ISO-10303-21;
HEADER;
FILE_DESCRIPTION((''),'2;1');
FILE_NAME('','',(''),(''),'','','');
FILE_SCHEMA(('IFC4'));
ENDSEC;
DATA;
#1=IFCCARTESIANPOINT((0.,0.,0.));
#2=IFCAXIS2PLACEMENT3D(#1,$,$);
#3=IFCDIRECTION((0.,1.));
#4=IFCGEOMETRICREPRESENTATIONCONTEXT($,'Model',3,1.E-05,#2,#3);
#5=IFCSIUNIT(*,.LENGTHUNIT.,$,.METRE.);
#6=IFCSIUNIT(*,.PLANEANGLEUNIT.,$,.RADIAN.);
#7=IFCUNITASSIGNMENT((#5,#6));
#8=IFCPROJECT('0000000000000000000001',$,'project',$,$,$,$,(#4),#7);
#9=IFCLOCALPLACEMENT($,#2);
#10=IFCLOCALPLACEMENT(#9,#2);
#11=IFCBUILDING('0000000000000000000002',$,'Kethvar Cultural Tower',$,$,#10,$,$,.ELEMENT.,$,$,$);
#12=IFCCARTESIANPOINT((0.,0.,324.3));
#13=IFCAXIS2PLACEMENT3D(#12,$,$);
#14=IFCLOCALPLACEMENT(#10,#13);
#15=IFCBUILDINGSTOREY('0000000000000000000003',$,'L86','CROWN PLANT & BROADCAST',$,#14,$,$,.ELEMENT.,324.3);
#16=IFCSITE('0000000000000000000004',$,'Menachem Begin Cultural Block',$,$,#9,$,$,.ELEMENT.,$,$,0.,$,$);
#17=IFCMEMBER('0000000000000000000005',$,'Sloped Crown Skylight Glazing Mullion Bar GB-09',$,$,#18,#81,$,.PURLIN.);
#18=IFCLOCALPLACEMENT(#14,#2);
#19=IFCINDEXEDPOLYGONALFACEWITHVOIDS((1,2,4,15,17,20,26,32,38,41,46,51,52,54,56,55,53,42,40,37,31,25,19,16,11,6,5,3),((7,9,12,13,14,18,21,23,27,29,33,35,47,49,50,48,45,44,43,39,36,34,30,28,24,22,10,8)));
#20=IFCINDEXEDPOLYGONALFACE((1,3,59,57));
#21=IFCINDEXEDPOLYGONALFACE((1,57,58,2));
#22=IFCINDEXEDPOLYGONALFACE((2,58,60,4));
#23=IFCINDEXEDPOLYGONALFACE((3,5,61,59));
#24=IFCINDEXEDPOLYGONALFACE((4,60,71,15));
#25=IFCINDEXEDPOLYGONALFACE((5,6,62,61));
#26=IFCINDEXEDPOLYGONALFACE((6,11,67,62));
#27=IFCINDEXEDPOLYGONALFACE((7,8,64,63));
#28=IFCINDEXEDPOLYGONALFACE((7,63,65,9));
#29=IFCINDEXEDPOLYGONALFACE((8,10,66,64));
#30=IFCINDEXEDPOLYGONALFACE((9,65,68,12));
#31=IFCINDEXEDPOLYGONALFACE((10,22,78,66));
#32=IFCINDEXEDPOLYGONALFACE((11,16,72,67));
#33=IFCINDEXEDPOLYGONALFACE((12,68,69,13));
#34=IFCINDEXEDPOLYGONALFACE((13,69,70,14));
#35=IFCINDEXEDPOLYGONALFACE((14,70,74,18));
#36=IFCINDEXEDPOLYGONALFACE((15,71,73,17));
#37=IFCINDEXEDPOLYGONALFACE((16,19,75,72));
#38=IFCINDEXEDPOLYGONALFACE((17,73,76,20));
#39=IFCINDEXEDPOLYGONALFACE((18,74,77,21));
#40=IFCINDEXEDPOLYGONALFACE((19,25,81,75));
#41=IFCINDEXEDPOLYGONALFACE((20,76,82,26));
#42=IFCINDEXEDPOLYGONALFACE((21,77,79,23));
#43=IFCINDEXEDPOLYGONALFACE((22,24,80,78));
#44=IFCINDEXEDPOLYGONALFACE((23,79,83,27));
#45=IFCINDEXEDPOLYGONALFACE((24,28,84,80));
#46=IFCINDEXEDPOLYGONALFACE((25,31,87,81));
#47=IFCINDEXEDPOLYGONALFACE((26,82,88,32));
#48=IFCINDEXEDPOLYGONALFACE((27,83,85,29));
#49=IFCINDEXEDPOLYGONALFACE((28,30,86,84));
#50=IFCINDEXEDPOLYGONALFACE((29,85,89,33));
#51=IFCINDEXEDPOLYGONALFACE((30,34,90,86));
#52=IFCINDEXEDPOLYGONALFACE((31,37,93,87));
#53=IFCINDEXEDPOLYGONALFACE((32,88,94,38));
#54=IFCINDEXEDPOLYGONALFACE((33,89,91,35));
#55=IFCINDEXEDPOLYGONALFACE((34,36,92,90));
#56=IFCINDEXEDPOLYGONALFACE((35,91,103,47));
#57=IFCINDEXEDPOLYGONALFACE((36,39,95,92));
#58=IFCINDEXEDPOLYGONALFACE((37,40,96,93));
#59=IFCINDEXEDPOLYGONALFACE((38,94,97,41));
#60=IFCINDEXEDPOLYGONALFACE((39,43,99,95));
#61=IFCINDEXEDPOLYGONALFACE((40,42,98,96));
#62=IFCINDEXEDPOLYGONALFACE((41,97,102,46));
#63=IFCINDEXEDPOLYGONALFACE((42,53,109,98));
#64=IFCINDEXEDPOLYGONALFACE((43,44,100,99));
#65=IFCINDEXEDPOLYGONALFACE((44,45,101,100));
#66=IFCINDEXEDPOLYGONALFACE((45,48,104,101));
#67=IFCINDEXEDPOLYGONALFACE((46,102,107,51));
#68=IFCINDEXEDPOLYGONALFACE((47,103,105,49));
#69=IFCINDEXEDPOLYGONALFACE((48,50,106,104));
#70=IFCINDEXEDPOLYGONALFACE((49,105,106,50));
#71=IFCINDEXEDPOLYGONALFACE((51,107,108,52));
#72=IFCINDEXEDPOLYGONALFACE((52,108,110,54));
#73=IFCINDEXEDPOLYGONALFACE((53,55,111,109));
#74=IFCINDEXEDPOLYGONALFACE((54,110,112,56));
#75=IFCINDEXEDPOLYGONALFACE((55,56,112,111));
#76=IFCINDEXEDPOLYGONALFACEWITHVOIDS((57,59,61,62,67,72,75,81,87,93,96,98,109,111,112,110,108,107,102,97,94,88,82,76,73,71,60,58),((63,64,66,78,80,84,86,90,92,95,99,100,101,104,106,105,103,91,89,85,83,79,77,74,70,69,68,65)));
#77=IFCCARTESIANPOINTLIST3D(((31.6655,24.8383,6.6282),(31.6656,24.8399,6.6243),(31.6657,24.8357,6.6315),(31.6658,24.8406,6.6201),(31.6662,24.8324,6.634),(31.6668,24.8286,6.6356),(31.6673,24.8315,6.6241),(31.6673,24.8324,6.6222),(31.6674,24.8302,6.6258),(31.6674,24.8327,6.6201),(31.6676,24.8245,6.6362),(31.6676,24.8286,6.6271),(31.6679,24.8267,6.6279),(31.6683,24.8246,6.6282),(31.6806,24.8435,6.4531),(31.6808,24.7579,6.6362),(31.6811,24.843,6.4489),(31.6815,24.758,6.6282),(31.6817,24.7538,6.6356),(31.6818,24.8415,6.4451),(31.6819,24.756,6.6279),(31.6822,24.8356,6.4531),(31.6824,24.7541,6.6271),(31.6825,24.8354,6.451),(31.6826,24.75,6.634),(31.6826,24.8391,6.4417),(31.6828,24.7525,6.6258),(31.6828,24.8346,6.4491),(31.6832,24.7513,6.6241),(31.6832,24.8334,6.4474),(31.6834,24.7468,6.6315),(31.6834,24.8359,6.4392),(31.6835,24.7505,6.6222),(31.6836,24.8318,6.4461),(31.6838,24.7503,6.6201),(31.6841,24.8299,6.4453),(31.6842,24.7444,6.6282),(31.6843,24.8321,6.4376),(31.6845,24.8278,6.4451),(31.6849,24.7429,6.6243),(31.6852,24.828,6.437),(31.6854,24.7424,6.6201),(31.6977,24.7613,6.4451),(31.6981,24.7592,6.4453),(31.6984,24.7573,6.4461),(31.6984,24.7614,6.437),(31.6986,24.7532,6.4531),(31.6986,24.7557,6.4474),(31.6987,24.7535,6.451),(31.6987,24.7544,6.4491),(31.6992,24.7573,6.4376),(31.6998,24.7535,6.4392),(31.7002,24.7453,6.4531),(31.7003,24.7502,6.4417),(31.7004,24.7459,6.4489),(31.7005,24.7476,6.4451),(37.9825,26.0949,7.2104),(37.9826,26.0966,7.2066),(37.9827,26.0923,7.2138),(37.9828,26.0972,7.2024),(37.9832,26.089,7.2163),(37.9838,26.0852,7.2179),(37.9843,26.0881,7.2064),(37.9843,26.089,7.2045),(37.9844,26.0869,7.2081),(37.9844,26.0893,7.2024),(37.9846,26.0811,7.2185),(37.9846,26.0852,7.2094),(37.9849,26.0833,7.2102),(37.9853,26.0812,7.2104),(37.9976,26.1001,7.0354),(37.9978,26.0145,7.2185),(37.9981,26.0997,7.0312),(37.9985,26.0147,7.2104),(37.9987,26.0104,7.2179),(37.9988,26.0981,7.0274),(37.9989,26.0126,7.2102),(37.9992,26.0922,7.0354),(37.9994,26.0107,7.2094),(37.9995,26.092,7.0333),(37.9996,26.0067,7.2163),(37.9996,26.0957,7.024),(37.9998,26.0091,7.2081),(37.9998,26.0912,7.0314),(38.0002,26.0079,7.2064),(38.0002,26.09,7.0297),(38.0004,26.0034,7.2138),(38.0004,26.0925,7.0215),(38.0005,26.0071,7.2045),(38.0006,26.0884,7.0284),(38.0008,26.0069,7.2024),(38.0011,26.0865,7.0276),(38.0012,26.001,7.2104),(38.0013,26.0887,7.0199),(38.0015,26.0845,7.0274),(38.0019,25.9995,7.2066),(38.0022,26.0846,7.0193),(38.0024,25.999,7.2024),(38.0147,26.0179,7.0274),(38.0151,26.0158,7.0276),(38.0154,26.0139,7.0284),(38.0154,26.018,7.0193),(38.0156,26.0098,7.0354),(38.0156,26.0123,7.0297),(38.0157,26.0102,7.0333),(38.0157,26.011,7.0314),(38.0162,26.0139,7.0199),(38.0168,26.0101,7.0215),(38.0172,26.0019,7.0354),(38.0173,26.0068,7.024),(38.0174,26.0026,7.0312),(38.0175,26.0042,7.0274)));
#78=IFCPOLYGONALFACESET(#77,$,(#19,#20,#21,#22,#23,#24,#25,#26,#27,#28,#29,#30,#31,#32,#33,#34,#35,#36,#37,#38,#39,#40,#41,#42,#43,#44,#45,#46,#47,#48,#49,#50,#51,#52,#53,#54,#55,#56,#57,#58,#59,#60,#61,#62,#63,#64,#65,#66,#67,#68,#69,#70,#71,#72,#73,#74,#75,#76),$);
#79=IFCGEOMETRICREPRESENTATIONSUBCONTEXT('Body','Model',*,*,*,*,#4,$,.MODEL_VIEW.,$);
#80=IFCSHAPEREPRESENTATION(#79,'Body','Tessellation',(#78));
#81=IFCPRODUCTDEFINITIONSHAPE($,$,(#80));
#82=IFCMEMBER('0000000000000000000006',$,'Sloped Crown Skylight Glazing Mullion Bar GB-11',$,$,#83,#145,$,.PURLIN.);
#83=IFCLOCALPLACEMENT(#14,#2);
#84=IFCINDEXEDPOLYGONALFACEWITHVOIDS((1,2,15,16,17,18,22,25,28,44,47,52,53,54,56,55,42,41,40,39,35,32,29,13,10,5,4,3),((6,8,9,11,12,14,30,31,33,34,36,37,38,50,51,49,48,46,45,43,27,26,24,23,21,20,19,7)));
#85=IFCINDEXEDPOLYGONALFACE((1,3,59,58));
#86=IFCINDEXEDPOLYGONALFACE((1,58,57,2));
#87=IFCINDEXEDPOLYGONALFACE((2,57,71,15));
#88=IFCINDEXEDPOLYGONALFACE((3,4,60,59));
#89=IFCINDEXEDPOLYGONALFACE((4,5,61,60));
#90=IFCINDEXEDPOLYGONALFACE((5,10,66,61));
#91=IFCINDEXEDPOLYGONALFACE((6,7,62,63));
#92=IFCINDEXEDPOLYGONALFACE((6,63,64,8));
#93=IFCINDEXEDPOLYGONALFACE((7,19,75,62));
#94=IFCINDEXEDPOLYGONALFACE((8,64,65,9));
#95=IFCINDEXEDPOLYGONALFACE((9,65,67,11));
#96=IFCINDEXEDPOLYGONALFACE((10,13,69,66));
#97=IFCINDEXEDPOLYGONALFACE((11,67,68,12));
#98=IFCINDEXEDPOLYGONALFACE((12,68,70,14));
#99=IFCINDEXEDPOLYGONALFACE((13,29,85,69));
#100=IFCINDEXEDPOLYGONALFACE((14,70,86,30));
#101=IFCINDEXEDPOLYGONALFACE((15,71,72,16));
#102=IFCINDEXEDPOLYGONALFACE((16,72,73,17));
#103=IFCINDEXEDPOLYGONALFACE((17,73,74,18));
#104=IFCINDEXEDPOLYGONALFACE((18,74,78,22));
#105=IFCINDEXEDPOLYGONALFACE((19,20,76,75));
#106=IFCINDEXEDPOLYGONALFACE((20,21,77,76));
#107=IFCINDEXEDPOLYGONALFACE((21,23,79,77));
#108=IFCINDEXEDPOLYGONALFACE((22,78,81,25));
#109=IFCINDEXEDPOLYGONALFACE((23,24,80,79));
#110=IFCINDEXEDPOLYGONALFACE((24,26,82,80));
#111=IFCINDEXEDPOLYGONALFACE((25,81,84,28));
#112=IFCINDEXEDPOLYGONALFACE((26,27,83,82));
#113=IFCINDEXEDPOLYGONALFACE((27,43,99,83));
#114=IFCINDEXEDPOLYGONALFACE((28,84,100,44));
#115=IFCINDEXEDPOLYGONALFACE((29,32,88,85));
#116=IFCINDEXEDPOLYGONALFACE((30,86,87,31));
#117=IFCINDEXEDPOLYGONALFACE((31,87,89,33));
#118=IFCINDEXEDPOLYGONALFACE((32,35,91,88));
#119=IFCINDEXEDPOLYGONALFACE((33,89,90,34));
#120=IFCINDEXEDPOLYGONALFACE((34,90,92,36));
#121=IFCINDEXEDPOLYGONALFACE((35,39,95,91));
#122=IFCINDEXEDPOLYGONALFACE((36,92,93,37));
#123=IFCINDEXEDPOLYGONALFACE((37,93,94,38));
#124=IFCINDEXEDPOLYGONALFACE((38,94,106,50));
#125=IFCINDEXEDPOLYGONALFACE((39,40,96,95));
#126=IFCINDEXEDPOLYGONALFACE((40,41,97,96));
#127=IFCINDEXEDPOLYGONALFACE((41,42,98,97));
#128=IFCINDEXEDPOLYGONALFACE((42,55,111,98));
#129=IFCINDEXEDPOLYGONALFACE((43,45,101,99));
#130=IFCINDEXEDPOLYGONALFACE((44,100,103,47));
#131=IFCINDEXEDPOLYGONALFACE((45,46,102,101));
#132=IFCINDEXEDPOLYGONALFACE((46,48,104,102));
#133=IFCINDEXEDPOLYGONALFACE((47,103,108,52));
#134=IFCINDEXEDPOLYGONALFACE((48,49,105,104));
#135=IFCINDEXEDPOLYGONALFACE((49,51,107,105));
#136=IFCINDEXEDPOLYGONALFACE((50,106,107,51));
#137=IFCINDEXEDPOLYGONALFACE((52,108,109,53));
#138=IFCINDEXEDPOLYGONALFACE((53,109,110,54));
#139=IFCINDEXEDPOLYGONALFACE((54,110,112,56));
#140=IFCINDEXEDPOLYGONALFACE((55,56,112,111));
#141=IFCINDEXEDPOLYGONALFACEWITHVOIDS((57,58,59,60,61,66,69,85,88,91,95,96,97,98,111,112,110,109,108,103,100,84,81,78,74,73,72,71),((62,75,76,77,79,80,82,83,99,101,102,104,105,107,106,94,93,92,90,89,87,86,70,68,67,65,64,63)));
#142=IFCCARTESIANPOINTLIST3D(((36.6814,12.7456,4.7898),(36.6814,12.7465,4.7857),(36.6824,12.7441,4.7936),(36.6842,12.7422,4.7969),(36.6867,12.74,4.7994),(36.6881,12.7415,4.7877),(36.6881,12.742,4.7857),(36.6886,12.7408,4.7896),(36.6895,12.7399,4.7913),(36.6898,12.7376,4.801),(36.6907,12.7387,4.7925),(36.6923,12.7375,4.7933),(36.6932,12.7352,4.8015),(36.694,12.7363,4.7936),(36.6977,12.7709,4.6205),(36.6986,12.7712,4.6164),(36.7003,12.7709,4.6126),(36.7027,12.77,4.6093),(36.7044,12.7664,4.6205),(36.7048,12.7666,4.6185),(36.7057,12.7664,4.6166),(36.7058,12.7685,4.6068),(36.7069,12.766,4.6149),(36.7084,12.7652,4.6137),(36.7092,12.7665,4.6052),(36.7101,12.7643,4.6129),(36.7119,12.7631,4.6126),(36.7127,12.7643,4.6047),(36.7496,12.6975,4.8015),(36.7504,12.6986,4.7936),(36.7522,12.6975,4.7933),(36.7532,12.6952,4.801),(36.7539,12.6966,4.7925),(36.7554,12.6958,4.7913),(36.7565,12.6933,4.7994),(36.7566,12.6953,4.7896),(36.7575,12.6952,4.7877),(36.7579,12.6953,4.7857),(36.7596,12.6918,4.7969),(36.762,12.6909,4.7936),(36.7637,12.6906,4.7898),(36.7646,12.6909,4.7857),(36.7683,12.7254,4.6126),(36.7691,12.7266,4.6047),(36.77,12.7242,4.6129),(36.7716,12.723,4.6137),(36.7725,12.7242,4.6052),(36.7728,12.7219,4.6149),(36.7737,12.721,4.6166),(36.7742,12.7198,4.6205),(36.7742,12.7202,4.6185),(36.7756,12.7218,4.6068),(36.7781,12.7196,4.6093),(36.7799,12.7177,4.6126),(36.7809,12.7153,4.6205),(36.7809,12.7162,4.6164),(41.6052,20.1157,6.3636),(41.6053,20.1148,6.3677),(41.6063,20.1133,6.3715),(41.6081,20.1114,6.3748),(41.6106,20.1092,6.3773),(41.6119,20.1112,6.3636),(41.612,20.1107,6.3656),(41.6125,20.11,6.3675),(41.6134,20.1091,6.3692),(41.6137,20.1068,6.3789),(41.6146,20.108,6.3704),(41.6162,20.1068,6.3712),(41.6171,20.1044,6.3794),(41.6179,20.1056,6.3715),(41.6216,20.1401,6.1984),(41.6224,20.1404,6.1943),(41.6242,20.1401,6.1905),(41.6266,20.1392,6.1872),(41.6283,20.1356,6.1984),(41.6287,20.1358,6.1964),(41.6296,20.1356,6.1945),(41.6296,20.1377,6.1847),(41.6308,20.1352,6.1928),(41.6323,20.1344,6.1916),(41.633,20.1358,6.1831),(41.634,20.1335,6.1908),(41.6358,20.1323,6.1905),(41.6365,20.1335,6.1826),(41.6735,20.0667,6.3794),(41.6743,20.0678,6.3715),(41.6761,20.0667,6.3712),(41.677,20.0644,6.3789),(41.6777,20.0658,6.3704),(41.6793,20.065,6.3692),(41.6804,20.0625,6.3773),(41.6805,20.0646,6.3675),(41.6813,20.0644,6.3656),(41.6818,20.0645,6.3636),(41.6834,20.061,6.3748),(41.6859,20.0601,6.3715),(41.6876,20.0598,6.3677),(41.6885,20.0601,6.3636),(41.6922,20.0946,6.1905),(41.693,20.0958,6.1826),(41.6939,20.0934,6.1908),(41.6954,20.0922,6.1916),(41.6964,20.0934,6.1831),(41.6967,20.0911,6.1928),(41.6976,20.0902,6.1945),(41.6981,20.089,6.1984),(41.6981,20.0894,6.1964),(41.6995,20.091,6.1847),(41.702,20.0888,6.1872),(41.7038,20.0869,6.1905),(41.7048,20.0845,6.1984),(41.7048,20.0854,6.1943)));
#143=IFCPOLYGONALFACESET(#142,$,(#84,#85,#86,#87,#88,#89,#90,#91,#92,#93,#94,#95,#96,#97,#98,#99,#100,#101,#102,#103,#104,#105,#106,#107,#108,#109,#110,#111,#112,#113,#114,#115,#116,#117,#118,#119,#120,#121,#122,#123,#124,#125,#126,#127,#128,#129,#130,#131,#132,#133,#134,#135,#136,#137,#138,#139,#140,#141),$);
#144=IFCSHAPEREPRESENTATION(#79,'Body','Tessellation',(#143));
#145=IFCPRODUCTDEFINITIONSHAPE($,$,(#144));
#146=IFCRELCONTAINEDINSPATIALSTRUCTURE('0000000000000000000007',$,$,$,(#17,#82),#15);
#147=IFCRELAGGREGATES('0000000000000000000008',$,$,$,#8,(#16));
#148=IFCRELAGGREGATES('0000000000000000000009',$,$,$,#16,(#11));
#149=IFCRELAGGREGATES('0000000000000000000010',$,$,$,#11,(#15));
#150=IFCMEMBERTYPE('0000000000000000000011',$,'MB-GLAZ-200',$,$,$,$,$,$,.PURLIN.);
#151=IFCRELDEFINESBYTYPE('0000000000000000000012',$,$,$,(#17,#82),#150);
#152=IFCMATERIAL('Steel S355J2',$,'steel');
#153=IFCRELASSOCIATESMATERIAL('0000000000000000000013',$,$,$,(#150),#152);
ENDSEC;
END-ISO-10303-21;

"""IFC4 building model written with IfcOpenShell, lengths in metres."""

from ifc_helpers import new_model, si_unit, direction, frame, origin, origin_2d, place, context, subcontext, project, spatial, hollow_rectangle, extrude, source, transform, mapped, material, material_profile, profile_set, type_object, element, save


model = new_model("IFC4")

# Units and contexts
model_context = context("Model", 3, precision=1e-05, world=origin(), true_north=direction((0.0, 1.0)))
body_context = subcontext(model_context, "Body", "Model", "MODEL_VIEW")
ifc_project = project(units=[si_unit("LENGTHUNIT", "METRE"), si_unit("PLANEANGLEUNIT", "RADIAN")], contexts=[model_context])

# Site, building, storey
site_placement = place(None, origin())
site = spatial("IfcSite", under=ifc_project, at=site_placement, Name="Menachem Begin Cultural Block", CompositionType="ELEMENT", RefElevation=0.0)
building_placement = place(site_placement, origin())
building = spatial("IfcBuilding", under=site, at=building_placement, Name="Kethvar Cultural Tower", CompositionType="ELEMENT")
storey_placement = place(building_placement, frame((0.0, 0.0, 324.3)))
storey = spatial("IfcBuildingStorey", under=building, at=storey_placement, Name="L86", Description="CROWN PLANT & BROADCAST", CompositionType="ELEMENT", Elevation=324.3)

# Shared definitions
ifc_material_1 = material(Name="Steel S355J2", Category="steel")

# Members
ifc_material_profile_1 = material_profile(ifc_material_1, hollow_rectangle(XDim=0.1001, YDim=0.2, WallThickness=0.0081, InnerFilletRadius=0.0081, OuterFilletRadius=0.0161, at=origin_2d()), Name="Steel S355J2 — RHS200x100x8")
ifc_profile_set_1 = profile_set([ifc_material_profile_1], Name="Steel S355J2 — RHS200x100x8")
member_type_1 = type_object("IfcMemberType", Name="MB-GLAZ-200", PredefinedType="PURLIN", material=ifc_profile_set_1)
shared_shape_1 = source(origin(), body_context, "Body", "SweptSolid", [
    extrude(hollow_rectangle(XDim=0.1001, YDim=0.2, WallThickness=0.0081, InnerFilletRadius=0.0081, OuterFilletRadius=0.0161, at=origin_2d()), origin(), (0.0, 0.0, 1.0), 6.467),
])
member_1_placement = place(storey_placement, frame((38.0, 26.0496, 7.1189), z_axis=(-0.976799, -0.19431, -0.090039), x_axis=(0.195103, -0.980783, 0.0)))
element("IfcMember", 1, at=member_1_placement, inside=storey, type_object=member_type_1, Name="Sloped Crown Skylight Glazing Mullion Bar GB-09", PredefinedType="PURLIN", context=body_context, shape_type="MappedRepresentation", body=[
    mapped(shared_shape_1, transform((0.0, 0.0, 0.0), scale=1.0)),
])
shared_shape_2 = source(origin(), body_context, "Body", "SweptSolid", [
    extrude(hollow_rectangle(XDim=0.1001, YDim=0.2, WallThickness=0.0081, InnerFilletRadius=0.0081, OuterFilletRadius=0.0161, at=origin_2d()), origin(), (0.0, 0.0, 1.0), 9.0022),
])
member_2_placement = place(storey_placement, frame((41.655, 20.1001, 6.281), z_axis=(-0.546964, -0.818601, -0.175279), x_axis=(0.831473, -0.555564, 0.0)))
element("IfcMember", 2, at=member_2_placement, inside=storey, type_object=member_type_1, Name="Sloped Crown Skylight Glazing Mullion Bar GB-11", PredefinedType="PURLIN", context=body_context, shape_type="MappedRepresentation", body=[
    mapped(shared_shape_2, transform((0.0, 0.0, 0.0), scale=1.0)),
])

save(model, "model.ifc")
